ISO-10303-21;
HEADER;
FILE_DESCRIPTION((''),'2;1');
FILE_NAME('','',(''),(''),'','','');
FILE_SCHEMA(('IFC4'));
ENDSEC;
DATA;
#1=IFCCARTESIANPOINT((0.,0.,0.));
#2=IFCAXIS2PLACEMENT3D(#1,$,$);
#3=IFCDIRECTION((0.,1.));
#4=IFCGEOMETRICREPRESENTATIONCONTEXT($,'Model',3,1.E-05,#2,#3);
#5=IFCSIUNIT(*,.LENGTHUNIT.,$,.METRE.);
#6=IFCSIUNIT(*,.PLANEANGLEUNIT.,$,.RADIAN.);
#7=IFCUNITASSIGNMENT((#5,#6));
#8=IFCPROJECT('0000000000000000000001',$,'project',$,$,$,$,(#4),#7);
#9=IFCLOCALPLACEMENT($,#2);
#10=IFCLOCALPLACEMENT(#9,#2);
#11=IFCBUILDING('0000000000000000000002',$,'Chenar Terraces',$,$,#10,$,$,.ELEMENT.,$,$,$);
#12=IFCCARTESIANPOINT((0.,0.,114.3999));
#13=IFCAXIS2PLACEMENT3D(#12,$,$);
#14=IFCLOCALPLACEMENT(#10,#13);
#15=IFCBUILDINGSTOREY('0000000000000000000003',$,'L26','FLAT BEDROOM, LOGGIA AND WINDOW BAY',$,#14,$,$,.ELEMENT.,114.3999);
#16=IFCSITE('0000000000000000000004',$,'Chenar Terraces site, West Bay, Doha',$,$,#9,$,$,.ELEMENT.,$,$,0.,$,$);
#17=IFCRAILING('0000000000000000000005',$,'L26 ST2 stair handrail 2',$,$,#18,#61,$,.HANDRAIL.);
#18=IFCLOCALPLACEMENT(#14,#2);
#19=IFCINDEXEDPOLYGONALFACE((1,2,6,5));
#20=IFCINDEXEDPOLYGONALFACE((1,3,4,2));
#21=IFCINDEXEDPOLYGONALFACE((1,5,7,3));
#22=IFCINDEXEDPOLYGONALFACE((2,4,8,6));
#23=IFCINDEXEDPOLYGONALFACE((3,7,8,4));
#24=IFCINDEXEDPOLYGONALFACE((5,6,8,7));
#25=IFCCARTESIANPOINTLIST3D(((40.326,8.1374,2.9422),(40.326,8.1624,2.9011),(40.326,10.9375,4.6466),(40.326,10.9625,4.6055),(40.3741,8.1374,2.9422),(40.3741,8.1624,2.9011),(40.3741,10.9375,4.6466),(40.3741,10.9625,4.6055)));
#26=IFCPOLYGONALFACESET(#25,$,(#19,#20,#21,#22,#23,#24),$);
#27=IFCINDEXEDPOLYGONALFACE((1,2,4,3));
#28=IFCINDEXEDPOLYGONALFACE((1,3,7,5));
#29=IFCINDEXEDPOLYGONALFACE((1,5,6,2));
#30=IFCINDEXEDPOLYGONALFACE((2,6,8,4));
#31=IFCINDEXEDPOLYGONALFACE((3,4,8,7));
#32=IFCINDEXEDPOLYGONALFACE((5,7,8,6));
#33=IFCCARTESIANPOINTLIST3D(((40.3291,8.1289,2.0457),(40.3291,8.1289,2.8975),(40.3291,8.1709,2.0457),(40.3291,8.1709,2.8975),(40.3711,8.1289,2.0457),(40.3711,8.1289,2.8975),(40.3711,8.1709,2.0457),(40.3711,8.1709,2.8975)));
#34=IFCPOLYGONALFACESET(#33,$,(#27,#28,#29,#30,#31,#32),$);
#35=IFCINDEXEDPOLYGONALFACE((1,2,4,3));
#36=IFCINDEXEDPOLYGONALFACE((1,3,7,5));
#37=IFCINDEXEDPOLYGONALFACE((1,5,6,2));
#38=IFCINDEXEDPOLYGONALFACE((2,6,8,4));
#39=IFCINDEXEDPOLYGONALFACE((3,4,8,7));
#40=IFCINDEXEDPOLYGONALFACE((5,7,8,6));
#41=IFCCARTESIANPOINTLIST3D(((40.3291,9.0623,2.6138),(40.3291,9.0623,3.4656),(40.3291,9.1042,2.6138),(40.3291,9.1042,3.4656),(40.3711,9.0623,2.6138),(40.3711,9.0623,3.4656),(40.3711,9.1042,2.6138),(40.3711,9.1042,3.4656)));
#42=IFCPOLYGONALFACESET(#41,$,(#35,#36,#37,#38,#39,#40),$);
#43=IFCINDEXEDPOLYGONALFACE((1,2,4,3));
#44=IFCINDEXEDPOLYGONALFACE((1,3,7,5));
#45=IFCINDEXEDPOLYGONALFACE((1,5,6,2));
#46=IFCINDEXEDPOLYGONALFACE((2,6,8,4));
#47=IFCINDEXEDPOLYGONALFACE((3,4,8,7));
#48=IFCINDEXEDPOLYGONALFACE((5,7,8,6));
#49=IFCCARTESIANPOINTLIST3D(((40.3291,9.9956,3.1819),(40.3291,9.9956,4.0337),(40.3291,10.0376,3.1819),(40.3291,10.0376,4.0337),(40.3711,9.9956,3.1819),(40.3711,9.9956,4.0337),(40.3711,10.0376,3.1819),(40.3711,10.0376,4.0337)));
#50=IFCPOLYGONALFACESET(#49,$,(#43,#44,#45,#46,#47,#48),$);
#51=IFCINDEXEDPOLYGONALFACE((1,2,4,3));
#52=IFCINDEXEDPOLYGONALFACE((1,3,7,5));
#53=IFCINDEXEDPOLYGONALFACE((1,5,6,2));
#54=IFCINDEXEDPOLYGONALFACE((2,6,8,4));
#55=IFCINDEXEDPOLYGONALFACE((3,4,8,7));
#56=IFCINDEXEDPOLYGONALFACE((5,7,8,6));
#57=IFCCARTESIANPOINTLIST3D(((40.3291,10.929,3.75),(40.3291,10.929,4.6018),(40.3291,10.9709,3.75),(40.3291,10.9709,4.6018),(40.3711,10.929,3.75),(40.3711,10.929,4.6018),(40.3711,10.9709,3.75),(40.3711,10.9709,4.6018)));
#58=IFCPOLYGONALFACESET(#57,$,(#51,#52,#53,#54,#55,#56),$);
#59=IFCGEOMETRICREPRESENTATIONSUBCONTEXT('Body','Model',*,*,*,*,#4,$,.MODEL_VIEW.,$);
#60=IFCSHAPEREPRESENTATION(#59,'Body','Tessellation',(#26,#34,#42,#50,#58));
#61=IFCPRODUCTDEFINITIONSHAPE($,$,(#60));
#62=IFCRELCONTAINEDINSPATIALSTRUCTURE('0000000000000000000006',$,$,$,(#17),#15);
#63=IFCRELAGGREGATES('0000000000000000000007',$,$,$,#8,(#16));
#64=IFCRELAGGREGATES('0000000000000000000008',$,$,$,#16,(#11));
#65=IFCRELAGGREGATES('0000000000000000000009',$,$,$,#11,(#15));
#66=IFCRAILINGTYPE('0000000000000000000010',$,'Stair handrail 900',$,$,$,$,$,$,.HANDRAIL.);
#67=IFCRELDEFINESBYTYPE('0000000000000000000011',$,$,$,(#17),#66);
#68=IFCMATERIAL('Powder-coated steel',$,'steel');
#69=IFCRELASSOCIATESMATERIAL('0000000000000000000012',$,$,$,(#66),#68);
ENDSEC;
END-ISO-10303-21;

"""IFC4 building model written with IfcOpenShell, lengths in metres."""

from ifc_helpers import new_model, si_unit, direction, frame, origin, origin_2d, place, context, subcontext, project, spatial, rectangle, extrude, material, type_object, element, save


model = new_model("IFC4")

# Units and contexts
model_context = context("Model", 3, precision=1e-05, world=origin(), true_north=direction((0.0, 1.0)))
body_context = subcontext(model_context, "Body", "Model", "MODEL_VIEW")
ifc_project = project(units=[si_unit("LENGTHUNIT", "METRE"), si_unit("PLANEANGLEUNIT", "RADIAN")], contexts=[model_context])

# Site, building, storey
site_placement = place(None, origin())
site = spatial("IfcSite", under=ifc_project, at=site_placement, Name="Chenar Terraces site, West Bay, Doha", CompositionType="ELEMENT", RefElevation=0.0)
building_placement = place(site_placement, origin())
building = spatial("IfcBuilding", under=site, at=building_placement, Name="Chenar Terraces", CompositionType="ELEMENT")
storey_placement = place(building_placement, frame((0.0, 0.0, 114.3999)))
storey = spatial("IfcBuildingStorey", under=building, at=storey_placement, Name="L26", Description="FLAT BEDROOM, LOGGIA AND WINDOW BAY", CompositionType="ELEMENT", Elevation=114.3999)

# Railing
ifc_material_1 = material(Name="Powder-coated steel", Category="steel")
railing_type_1 = type_object("IfcRailingType", Name="Stair handrail 900", PredefinedType="HANDRAIL", material=ifc_material_1)
railing_1_placement = place(storey_placement, frame((40.3501, 8.1499, 2.0457)))
element("IfcRailing", 1, at=railing_1_placement, inside=storey, type_object=railing_type_1, Name="L26 ST2 stair handrail 2", PredefinedType="HANDRAIL", context=body_context, shape_type="SweptSolid", body=[
    extrude(rectangle(XDim=0.0481, YDim=0.0481, at=origin_2d()), frame((0.0, 0.0, 0.876), z_axis=(0.0, 0.854203, 0.51994), x_axis=(-1.0, 0.0, 0.0)), (0.0, 0.0, 1.0), 3.2781),
    extrude(rectangle(XDim=0.042, YDim=0.042, at=origin_2d()), origin(), (0.0, 0.0, 1.0), 0.8518),
    extrude(rectangle(XDim=0.042, YDim=0.042, at=origin_2d()), frame((0.0, 0.9333, 0.5681)), (0.0, 0.0, 1.0), 0.8518),
    extrude(rectangle(XDim=0.042, YDim=0.042, at=origin_2d()), frame((0.0, 1.8667, 1.1362)), (0.0, 0.0, 1.0), 0.8518),
    extrude(rectangle(XDim=0.042, YDim=0.042, at=origin_2d()), frame((0.0, 2.8, 1.7043)), (0.0, 0.0, 1.0), 0.8518),
])

save(model, "model.ifc")
